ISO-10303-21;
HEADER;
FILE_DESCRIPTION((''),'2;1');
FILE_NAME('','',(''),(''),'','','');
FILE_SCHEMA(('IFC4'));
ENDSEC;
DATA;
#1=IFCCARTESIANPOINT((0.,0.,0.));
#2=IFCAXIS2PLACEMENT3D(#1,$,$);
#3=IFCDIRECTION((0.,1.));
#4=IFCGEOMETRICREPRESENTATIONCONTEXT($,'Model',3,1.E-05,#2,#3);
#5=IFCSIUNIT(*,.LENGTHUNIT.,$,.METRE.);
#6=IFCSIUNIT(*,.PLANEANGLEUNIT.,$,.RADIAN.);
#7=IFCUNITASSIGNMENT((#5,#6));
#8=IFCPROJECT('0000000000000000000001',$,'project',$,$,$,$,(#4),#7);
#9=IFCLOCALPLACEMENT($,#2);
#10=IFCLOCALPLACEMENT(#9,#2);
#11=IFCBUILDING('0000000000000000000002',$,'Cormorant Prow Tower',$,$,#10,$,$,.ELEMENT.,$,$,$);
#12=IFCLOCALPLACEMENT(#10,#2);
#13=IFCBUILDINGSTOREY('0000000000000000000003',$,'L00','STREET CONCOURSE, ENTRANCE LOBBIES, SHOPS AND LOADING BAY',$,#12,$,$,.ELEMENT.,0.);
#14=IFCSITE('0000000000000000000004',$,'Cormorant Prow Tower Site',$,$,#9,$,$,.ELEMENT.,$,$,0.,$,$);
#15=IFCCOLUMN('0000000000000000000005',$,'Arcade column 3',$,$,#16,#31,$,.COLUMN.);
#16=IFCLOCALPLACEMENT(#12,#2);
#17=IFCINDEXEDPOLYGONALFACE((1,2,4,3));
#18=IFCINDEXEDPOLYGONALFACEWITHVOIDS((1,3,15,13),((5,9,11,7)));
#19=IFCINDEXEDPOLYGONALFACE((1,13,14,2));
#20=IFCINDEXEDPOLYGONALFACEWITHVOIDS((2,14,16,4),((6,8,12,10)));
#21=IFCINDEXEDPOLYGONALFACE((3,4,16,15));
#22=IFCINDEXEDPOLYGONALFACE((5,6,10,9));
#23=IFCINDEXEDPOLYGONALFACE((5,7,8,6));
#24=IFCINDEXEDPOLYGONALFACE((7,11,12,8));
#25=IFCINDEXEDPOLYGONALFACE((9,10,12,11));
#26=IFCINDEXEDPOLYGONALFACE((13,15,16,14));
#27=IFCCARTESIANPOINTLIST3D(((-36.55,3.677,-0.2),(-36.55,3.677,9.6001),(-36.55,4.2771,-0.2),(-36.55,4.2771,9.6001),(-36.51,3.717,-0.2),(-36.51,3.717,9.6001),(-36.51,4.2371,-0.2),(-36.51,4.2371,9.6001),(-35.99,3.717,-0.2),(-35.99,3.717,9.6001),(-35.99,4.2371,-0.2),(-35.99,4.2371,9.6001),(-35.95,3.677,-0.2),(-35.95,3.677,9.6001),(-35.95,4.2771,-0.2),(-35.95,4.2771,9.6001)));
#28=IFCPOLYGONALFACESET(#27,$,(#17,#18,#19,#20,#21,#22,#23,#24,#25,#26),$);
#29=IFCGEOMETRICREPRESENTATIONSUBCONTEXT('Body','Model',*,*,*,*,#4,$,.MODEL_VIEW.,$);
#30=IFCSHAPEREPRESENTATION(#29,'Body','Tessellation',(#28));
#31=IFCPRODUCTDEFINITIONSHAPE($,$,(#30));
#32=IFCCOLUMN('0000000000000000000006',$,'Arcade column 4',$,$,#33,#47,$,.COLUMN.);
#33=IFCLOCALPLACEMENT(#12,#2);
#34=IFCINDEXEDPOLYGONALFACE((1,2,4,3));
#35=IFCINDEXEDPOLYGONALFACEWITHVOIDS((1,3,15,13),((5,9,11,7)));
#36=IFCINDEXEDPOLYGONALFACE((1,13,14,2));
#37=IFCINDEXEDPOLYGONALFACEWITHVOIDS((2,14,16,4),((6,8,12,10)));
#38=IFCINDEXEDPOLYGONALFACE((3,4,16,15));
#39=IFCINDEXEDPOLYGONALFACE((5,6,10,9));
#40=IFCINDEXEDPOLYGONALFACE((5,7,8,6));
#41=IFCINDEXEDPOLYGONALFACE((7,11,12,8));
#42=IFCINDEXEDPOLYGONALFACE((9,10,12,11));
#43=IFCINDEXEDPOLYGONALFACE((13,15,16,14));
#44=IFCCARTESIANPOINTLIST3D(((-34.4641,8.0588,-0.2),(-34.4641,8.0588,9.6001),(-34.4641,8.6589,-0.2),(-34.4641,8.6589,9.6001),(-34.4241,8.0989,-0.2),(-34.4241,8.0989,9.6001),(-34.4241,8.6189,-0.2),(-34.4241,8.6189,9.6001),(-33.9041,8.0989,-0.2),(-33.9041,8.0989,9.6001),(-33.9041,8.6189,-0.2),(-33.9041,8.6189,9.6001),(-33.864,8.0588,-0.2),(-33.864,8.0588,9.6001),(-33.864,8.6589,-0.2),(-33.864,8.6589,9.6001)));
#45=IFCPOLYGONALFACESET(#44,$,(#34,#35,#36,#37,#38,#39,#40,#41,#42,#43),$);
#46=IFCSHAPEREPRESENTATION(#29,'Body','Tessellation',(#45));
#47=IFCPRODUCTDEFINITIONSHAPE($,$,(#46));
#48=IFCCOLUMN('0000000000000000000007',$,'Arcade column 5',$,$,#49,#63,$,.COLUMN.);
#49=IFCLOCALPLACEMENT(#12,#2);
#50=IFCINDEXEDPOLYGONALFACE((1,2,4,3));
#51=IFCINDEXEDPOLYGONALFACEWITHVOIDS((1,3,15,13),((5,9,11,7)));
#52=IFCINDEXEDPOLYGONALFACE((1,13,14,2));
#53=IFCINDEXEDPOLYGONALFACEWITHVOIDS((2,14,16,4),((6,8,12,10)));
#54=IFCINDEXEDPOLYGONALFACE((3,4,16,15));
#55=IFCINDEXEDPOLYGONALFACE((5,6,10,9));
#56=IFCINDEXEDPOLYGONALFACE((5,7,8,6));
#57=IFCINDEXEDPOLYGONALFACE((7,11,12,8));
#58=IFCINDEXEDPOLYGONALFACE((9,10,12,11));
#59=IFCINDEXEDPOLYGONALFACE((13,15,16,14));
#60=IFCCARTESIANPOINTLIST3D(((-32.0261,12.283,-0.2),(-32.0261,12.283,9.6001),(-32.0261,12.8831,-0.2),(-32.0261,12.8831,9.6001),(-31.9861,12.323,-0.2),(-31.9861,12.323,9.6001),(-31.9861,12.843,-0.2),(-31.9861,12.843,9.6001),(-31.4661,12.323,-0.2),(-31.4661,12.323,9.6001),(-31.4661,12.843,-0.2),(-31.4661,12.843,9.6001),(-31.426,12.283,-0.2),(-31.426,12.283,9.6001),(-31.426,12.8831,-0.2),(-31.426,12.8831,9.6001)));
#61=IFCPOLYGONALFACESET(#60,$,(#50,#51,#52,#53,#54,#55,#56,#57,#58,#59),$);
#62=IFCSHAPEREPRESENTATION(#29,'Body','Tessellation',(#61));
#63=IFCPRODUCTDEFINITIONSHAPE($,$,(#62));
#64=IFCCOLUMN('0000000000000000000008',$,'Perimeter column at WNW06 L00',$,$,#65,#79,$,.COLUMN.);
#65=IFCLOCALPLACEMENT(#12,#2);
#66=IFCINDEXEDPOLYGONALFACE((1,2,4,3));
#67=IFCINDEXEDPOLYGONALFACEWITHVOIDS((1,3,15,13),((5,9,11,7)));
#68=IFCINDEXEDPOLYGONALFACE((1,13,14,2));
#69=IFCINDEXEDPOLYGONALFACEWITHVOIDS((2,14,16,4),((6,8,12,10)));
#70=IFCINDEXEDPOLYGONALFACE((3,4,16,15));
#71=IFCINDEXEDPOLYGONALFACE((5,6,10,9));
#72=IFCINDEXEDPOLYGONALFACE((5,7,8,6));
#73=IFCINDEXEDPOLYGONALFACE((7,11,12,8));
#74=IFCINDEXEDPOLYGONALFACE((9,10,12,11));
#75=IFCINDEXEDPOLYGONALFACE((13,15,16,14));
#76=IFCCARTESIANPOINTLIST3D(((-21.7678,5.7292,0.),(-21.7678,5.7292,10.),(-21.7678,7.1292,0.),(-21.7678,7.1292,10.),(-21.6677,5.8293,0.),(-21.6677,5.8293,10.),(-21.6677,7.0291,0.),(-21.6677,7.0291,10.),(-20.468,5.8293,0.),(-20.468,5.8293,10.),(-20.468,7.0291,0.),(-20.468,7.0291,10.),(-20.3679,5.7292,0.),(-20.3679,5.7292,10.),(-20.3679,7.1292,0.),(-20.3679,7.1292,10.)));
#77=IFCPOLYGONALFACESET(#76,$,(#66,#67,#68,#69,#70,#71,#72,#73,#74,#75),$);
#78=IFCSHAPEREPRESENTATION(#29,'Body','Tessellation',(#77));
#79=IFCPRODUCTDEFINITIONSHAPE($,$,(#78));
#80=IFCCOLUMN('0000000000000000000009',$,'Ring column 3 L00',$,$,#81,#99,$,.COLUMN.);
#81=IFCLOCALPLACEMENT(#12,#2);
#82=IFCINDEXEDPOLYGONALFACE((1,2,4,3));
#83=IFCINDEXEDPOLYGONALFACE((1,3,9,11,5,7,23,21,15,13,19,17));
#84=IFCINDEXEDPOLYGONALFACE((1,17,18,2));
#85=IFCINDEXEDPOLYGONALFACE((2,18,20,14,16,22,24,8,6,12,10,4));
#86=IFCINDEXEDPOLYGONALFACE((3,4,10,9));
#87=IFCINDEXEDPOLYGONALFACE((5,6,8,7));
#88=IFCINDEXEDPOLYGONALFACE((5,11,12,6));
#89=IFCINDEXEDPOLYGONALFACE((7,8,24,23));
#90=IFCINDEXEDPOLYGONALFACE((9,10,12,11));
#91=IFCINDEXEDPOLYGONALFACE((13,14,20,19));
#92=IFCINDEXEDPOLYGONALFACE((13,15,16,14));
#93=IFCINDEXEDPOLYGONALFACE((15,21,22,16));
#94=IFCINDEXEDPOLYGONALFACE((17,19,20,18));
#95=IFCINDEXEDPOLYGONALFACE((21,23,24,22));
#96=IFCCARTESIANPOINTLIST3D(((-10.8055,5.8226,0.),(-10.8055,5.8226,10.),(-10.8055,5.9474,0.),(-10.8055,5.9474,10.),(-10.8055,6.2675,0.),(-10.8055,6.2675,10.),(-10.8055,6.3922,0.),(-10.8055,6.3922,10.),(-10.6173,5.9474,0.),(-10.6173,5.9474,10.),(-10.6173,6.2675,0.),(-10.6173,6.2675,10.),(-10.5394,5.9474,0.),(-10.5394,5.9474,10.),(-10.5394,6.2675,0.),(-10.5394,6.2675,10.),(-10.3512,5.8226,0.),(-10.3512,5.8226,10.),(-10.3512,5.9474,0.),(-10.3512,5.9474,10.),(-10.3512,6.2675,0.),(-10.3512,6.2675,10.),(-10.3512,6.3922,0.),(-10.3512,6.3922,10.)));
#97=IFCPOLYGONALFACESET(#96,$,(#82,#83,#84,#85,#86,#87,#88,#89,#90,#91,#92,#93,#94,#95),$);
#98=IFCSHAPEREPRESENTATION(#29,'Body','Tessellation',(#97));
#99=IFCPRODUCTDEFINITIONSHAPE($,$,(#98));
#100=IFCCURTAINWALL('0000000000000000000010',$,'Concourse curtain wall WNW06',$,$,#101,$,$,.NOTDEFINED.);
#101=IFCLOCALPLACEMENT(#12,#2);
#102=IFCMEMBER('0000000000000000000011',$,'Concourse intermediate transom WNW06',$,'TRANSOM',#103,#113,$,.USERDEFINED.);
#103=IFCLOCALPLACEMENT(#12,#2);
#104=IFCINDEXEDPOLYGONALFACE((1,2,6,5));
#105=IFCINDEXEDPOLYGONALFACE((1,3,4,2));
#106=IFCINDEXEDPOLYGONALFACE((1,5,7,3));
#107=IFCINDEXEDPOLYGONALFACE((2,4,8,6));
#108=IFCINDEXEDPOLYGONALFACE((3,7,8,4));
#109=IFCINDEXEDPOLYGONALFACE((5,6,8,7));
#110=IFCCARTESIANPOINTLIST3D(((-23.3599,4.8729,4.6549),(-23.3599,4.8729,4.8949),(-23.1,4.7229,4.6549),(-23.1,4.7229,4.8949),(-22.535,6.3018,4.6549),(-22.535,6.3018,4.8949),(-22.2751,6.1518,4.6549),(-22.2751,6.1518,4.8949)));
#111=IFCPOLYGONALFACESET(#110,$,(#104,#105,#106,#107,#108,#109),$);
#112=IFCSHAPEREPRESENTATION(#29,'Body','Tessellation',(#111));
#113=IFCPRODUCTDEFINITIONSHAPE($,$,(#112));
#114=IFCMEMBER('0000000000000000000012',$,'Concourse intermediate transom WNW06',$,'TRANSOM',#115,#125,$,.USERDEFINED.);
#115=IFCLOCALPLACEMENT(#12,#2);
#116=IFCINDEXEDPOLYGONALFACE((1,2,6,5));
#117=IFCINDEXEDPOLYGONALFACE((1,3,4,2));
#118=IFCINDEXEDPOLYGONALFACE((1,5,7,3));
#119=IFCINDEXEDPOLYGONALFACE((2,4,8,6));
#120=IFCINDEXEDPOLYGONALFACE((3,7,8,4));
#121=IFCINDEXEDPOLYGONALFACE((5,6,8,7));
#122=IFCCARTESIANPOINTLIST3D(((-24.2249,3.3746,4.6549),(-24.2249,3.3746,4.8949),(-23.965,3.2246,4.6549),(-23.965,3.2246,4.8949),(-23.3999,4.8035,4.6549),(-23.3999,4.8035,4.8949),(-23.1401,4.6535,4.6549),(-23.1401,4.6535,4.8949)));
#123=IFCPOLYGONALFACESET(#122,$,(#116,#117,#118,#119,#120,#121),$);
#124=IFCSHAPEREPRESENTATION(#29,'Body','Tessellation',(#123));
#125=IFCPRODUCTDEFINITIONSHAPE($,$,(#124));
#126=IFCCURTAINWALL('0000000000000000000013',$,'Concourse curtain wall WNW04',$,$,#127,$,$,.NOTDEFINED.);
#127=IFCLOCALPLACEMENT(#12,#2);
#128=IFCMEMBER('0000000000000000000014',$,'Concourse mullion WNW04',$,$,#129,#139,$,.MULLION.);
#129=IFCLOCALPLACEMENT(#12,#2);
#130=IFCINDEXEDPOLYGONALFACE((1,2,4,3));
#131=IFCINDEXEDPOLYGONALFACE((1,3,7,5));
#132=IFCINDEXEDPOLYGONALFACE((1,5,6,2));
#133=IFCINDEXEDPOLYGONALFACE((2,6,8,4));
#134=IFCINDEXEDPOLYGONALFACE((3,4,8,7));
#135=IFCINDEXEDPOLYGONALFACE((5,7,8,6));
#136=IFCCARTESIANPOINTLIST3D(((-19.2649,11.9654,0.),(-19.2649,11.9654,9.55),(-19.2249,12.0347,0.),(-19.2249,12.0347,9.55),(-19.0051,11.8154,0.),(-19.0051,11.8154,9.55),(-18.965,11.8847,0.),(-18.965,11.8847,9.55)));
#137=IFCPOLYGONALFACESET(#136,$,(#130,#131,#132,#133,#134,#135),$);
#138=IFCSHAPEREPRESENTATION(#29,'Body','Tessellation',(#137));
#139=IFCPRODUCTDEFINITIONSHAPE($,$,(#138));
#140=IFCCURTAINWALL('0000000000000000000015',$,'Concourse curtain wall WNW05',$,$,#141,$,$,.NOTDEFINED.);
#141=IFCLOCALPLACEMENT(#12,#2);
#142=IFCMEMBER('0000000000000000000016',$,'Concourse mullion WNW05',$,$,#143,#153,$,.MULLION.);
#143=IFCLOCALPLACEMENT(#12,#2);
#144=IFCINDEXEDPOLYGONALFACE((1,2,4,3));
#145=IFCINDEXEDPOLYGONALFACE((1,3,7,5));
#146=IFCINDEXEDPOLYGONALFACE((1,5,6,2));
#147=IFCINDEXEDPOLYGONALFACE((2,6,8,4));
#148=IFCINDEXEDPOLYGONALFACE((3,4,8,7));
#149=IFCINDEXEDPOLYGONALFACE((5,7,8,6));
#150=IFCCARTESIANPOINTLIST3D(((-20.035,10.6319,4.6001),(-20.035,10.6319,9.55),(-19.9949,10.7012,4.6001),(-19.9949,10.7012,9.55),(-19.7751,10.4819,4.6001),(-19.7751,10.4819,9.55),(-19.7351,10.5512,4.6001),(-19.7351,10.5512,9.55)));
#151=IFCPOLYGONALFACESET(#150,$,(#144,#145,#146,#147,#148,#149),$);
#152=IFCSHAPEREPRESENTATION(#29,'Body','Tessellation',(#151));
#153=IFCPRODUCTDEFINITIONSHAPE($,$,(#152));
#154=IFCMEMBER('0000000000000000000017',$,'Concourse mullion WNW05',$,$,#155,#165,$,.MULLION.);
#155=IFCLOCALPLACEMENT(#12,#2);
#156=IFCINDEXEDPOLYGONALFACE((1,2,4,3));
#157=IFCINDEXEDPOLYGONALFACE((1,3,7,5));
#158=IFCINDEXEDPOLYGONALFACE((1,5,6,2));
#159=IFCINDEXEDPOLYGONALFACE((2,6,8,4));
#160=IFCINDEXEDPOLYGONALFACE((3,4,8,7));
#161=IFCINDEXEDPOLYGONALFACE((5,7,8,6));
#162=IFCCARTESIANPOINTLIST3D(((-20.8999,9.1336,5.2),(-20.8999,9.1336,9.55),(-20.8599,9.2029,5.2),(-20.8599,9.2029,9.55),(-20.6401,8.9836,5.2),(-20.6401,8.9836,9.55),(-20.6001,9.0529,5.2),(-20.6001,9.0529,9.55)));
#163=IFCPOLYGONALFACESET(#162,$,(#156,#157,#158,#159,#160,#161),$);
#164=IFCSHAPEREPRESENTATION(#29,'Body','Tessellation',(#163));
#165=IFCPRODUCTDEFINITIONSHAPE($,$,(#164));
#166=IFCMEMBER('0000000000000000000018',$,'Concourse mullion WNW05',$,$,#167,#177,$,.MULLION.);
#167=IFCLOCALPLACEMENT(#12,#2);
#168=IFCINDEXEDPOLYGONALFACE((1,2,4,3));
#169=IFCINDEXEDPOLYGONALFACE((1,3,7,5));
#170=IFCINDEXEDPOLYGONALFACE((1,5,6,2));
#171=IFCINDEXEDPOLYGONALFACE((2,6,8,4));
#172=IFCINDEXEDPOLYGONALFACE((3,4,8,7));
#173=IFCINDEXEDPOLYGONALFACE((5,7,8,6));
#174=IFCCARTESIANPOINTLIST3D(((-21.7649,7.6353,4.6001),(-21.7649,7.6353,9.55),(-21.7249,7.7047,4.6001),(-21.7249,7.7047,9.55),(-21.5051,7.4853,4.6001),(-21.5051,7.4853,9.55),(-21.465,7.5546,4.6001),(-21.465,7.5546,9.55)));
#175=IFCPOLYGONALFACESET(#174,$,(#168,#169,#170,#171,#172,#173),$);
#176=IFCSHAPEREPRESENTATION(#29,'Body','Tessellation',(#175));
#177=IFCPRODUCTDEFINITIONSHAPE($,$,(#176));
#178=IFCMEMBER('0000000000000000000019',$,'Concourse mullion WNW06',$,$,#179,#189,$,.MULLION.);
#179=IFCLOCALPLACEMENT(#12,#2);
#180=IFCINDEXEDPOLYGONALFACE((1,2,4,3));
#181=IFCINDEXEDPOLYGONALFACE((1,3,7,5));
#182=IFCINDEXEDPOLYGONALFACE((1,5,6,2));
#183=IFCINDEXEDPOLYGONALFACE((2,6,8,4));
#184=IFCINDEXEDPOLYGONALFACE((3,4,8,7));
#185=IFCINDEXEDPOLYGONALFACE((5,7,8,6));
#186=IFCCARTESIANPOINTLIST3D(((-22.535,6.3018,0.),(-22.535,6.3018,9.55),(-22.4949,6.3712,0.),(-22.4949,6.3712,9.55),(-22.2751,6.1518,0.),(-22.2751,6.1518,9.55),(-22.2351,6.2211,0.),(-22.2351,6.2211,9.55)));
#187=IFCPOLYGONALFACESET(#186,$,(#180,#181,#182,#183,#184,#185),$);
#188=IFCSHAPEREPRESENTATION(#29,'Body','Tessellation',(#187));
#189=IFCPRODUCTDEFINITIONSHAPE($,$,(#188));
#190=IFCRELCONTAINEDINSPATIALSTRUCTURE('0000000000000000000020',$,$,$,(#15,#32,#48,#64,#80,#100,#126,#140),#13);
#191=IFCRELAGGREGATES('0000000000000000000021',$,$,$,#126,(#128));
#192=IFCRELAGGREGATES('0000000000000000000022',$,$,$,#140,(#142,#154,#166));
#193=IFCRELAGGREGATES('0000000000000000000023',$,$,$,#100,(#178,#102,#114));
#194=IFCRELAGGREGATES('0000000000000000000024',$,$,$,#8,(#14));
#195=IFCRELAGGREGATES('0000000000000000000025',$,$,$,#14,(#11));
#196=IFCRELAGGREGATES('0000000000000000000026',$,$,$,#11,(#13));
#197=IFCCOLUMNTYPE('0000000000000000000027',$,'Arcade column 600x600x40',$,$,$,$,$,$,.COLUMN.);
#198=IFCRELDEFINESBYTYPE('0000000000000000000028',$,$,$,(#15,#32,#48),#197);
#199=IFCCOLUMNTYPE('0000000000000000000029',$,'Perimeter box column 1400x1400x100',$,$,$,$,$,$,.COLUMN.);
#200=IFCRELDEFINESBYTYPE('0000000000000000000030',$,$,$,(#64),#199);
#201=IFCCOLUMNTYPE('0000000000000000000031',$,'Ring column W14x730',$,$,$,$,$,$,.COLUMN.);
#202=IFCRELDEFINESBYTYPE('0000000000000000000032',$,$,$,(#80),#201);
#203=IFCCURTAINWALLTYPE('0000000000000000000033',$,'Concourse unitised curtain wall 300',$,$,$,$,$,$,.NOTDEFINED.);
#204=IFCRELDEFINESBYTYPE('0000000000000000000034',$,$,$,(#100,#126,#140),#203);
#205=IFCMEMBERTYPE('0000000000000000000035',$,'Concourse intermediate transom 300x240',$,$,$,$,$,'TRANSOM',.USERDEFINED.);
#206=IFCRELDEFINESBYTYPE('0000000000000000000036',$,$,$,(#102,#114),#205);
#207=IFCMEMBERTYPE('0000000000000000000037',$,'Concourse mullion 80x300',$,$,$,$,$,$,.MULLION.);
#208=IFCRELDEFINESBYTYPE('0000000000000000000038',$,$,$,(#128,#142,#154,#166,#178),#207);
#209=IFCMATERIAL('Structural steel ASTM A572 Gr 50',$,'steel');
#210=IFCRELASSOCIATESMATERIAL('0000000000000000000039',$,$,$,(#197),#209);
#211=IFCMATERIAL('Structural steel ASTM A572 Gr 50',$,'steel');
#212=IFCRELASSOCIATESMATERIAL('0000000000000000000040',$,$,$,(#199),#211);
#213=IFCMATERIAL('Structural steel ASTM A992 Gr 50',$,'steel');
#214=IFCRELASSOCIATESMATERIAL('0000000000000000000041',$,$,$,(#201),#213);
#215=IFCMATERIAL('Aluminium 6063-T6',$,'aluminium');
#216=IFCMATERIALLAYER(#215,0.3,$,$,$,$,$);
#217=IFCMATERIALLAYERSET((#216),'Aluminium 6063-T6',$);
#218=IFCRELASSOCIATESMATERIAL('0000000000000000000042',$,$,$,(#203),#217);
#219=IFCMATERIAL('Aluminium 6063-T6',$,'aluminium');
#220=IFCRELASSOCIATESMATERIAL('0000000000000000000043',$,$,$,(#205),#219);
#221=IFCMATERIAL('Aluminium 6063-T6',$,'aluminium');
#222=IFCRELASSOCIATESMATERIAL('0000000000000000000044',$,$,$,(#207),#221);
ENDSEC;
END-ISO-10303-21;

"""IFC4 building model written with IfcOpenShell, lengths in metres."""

from ifc_helpers import new_model, si_unit, direction, frame, origin, origin_2d, place, context, subcontext, project, spatial, rectangle, hollow_rectangle, i_section, extrude, material, layer, layer_set, material_profile, profile_set, type_object, element, aggregate, save


model = new_model("IFC4")

# Units and contexts
model_context = context("Model", 3, precision=1e-05, world=origin(), true_north=direction((0.0, 1.0)))
body_context = subcontext(model_context, "Body", "Model", "MODEL_VIEW")
ifc_project = project(units=[si_unit("LENGTHUNIT", "METRE"), si_unit("PLANEANGLEUNIT", "RADIAN")], contexts=[model_context])

# Site, building, storey
site_placement = place(None, origin())
site = spatial("IfcSite", under=ifc_project, at=site_placement, Name="Cormorant Prow Tower Site", CompositionType="ELEMENT", RefElevation=0.0)
building_placement = place(site_placement, origin())
building = spatial("IfcBuilding", under=site, at=building_placement, Name="Cormorant Prow Tower", CompositionType="ELEMENT")
storey_placement = place(building_placement, origin())
storey = spatial("IfcBuildingStorey", under=building, at=storey_placement, Name="L00", Description="STREET CONCOURSE, ENTRANCE LOBBIES, SHOPS AND LOADING BAY", CompositionType="ELEMENT", Elevation=0.0)

# Columns
ifc_material_1 = material(Name="Structural steel ASTM A572 Gr 50", Category="steel")
ifc_material_profile_1 = material_profile(ifc_material_1, hollow_rectangle(XDim=0.6001, YDim=0.6001, WallThickness=0.04, at=origin_2d()), Name="Box 600x600x40")
ifc_profile_set_1 = profile_set([ifc_material_profile_1], Name="Structural steel ASTM A572 Gr 50")
column_type_1 = type_object("IfcColumnType", Name="Arcade column 600x600x40", PredefinedType="COLUMN", material=ifc_profile_set_1)
for number, where, z_axis, x_axis, name in (
    (1, (-36.25, 3.9771, -0.2), (0.0, 0.0, 1.0), (1.0, 0.0, 0.0), "Arcade column 3"),
    (2, (-34.1641, 8.3589, -0.2), (0.0, 0.0, 1.0), (1.0, 0.0, 0.0), "Arcade column 4"),
    (3, (-31.7261, 12.583, -0.2), (0.0, 0.0, 1.0), (1.0, 0.0, 0.0), "Arcade column 5"),
):
    element("IfcColumn", number, at=place(storey_placement, frame(where, z_axis=z_axis, x_axis=x_axis)), inside=storey, type_object=column_type_1, Name=name, PredefinedType="COLUMN", context=body_context, shape_type="SweptSolid", body=[
        extrude(hollow_rectangle(XDim=0.6001, YDim=0.6001, WallThickness=0.04, at=origin_2d()), origin(), (0.0, 0.0, 1.0), 9.8),
    ])
ifc_material_2 = material(Name="Structural steel ASTM A572 Gr 50", Category="steel")
ifc_material_profile_2 = material_profile(ifc_material_2, hollow_rectangle(XDim=1.3999, YDim=1.3999, WallThickness=0.1001, at=origin_2d()), Name="Box 1400x1400x100")
ifc_profile_set_2 = profile_set([ifc_material_profile_2], Name="Structural steel ASTM A572 Gr 50")
column_type_2 = type_object("IfcColumnType", Name="Perimeter box column 1400x1400x100", PredefinedType="COLUMN", material=ifc_profile_set_2)
column_1_placement = place(storey_placement, frame((-21.0679, 6.4292, 0.0), z_axis=(0.0, 0.0, 1.0), x_axis=(1.0, 0.0, 0.0)))
element("IfcColumn", 4, at=column_1_placement, inside=storey, type_object=column_type_2, Name="Perimeter column at WNW06 L00", PredefinedType="COLUMN", context=body_context, shape_type="SweptSolid", body=[
    extrude(hollow_rectangle(XDim=1.3999, YDim=1.3999, WallThickness=0.1001, at=origin_2d()), origin(), (0.0, 0.0, 1.0), 10.0),
])
ifc_material_3 = material(Name="Structural steel ASTM A992 Gr 50", Category="steel")
ifc_material_profile_3 = material_profile(ifc_material_3, i_section(OverallWidth=0.4543, OverallDepth=0.5696, WebThickness=0.0779, FlangeThickness=0.1248, at=origin_2d()), Name="W14x730")
ifc_profile_set_3 = profile_set([ifc_material_profile_3], Name="Structural steel ASTM A992 Gr 50")
column_type_3 = type_object("IfcColumnType", Name="Ring column W14x730", PredefinedType="COLUMN", material=ifc_profile_set_3)
column_2_placement = place(storey_placement, frame((-10.5784, 6.1074, 0.0), z_axis=(0.0, 0.0, 1.0), x_axis=(1.0, 0.0, 0.0)))
element("IfcColumn", 5, at=column_2_placement, inside=storey, type_object=column_type_3, Name="Ring column 3 L00", PredefinedType="COLUMN", context=body_context, shape_type="SweptSolid", body=[
    extrude(i_section(OverallWidth=0.4543, OverallDepth=0.5696, WebThickness=0.0779, FlangeThickness=0.1248, at=origin_2d()), origin(), (0.0, 0.0, 1.0), 10.0),
])

# Curtain wall, members
ifc_material_4 = material(Name="Aluminium 6063-T6", Category="aluminium")
ifc_layer_1 = layer(ifc_material_4, 0.3)
ifc_layer_set_1 = layer_set([ifc_layer_1], Name="Aluminium 6063-T6")
curtain_wall_type = type_object("IfcCurtainWallType", Name="Concourse unitised curtain wall 300", PredefinedType="NOTDEFINED", material=ifc_layer_set_1)
curtain_wall_1_placement = place(storey_placement, origin())
curtain_wall_1 = element("IfcCurtainWall", 6, at=curtain_wall_1_placement, inside=storey, type_object=curtain_wall_type, Name="Concourse curtain wall WNW06", PredefinedType="NOTDEFINED")
ifc_material_5 = material(Name="Aluminium 6063-T6", Category="aluminium")
ifc_material_profile_4 = material_profile(ifc_material_5, rectangle(XDim=0.3, YDim=0.24, at=origin_2d()), Name="Concourse intermediate transom 300x240")
ifc_profile_set_4 = profile_set([ifc_material_profile_4], Name="Aluminium 6063-T6")
member_type_1 = type_object("IfcMemberType", Name="Concourse intermediate transom 300x240", ElementType="TRANSOM", PredefinedType="USERDEFINED", material=ifc_profile_set_4)
member_1_placement = place(storey_placement, frame((-22.405, 6.2268, 4.7749), z_axis=(-0.499974, -0.86604, 0.0), x_axis=(0.86604, -0.499974, 0.0)))
member_1 = element("IfcMember", 7, at=member_1_placement, type_object=member_type_1, Name="Concourse intermediate transom WNW06", ObjectType="TRANSOM", PredefinedType="USERDEFINED", context=body_context, shape_type="SweptSolid", body=[
    extrude(rectangle(XDim=0.3, YDim=0.24, at=origin_2d()), origin(), (0.0, 0.0, 1.0), 1.6499),
])
member_2_placement = place(storey_placement, frame((-23.27, 4.7285, 4.7749), z_axis=(-0.499974, -0.86604, 0.0), x_axis=(0.86604, -0.499974, 0.0)))
member_2 = element("IfcMember", 8, at=member_2_placement, type_object=member_type_1, Name="Concourse intermediate transom WNW06", ObjectType="TRANSOM", PredefinedType="USERDEFINED", context=body_context, shape_type="SweptSolid", body=[
    extrude(rectangle(XDim=0.3, YDim=0.24, at=origin_2d()), origin(), (0.0, 0.0, 1.0), 1.6499),
])

# Curtain wall, member
curtain_wall_2_placement = place(storey_placement, origin())
curtain_wall_2 = element("IfcCurtainWall", 9, at=curtain_wall_2_placement, inside=storey, type_object=curtain_wall_type, Name="Concourse curtain wall WNW04", PredefinedType="NOTDEFINED")
ifc_material_6 = material(Name="Aluminium 6063-T6", Category="aluminium")
ifc_material_profile_5 = material_profile(ifc_material_6, rectangle(XDim=0.3, YDim=0.0801, at=origin_2d()), Name="Concourse mullion 80x300")
ifc_profile_set_5 = profile_set([ifc_material_profile_5], Name="Aluminium 6063-T6")
member_type_2 = type_object("IfcMemberType", Name="Concourse mullion 80x300", PredefinedType="MULLION", material=ifc_profile_set_5)
member_3_placement = place(storey_placement, frame((-19.115, 11.925, 0.0), z_axis=(0.0, 0.0, 1.0), x_axis=(0.866025, -0.5, 0.0)))
member_3 = element("IfcMember", 10, at=member_3_placement, type_object=member_type_2, Name="Concourse mullion WNW04", PredefinedType="MULLION", context=body_context, shape_type="SweptSolid", body=[
    extrude(rectangle(XDim=0.3, YDim=0.0801, at=origin_2d()), origin(), (0.0, 0.0, 1.0), 9.55),
])
aggregate(curtain_wall_2, [member_3])

# Curtain wall, members
curtain_wall_3_placement = place(storey_placement, origin())
curtain_wall_3 = element("IfcCurtainWall", 11, at=curtain_wall_3_placement, inside=storey, type_object=curtain_wall_type, Name="Concourse curtain wall WNW05", PredefinedType="NOTDEFINED")
member_4_placement = place(storey_placement, frame((-19.885, 10.5916, 4.6001), z_axis=(0.0, 0.0, 1.0), x_axis=(0.866025, -0.5, 0.0)))
member_4 = element("IfcMember", 12, at=member_4_placement, type_object=member_type_2, Name="Concourse mullion WNW05", PredefinedType="MULLION", context=body_context, shape_type="SweptSolid", body=[
    extrude(rectangle(XDim=0.3, YDim=0.0801, at=origin_2d()), origin(), (0.0, 0.0, 1.0), 4.95),
])
member_5_placement = place(storey_placement, frame((-20.75, 9.0933, 5.2), z_axis=(0.0, 0.0, 1.0), x_axis=(0.866025, -0.5, 0.0)))
member_5 = element("IfcMember", 13, at=member_5_placement, type_object=member_type_2, Name="Concourse mullion WNW05", PredefinedType="MULLION", context=body_context, shape_type="SweptSolid", body=[
    extrude(rectangle(XDim=0.3, YDim=0.0801, at=origin_2d()), origin(), (0.0, 0.0, 1.0), 4.3501),
])
member_6_placement = place(storey_placement, frame((-21.615, 7.595, 4.6001), z_axis=(0.0, 0.0, 1.0), x_axis=(0.866025, -0.5, 0.0)))
member_6 = element("IfcMember", 14, at=member_6_placement, type_object=member_type_2, Name="Concourse mullion WNW05", PredefinedType="MULLION", context=body_context, shape_type="SweptSolid", body=[
    extrude(rectangle(XDim=0.3, YDim=0.0801, at=origin_2d()), origin(), (0.0, 0.0, 1.0), 4.95),
])

# Member
member_7_placement = place(storey_placement, frame((-22.385, 6.2615, 0.0), z_axis=(0.0, 0.0, 1.0), x_axis=(0.866025, -0.5, 0.0)))
member_7 = element("IfcMember", 15, at=member_7_placement, type_object=member_type_2, Name="Concourse mullion WNW06", PredefinedType="MULLION", context=body_context, shape_type="SweptSolid", body=[
    extrude(rectangle(XDim=0.3, YDim=0.0801, at=origin_2d()), origin(), (0.0, 0.0, 1.0), 9.55),
])

aggregate(curtain_wall_3, [member_4, member_5, member_6])
aggregate(curtain_wall_1, [member_7, member_1, member_2])

save(model, "model.ifc")
